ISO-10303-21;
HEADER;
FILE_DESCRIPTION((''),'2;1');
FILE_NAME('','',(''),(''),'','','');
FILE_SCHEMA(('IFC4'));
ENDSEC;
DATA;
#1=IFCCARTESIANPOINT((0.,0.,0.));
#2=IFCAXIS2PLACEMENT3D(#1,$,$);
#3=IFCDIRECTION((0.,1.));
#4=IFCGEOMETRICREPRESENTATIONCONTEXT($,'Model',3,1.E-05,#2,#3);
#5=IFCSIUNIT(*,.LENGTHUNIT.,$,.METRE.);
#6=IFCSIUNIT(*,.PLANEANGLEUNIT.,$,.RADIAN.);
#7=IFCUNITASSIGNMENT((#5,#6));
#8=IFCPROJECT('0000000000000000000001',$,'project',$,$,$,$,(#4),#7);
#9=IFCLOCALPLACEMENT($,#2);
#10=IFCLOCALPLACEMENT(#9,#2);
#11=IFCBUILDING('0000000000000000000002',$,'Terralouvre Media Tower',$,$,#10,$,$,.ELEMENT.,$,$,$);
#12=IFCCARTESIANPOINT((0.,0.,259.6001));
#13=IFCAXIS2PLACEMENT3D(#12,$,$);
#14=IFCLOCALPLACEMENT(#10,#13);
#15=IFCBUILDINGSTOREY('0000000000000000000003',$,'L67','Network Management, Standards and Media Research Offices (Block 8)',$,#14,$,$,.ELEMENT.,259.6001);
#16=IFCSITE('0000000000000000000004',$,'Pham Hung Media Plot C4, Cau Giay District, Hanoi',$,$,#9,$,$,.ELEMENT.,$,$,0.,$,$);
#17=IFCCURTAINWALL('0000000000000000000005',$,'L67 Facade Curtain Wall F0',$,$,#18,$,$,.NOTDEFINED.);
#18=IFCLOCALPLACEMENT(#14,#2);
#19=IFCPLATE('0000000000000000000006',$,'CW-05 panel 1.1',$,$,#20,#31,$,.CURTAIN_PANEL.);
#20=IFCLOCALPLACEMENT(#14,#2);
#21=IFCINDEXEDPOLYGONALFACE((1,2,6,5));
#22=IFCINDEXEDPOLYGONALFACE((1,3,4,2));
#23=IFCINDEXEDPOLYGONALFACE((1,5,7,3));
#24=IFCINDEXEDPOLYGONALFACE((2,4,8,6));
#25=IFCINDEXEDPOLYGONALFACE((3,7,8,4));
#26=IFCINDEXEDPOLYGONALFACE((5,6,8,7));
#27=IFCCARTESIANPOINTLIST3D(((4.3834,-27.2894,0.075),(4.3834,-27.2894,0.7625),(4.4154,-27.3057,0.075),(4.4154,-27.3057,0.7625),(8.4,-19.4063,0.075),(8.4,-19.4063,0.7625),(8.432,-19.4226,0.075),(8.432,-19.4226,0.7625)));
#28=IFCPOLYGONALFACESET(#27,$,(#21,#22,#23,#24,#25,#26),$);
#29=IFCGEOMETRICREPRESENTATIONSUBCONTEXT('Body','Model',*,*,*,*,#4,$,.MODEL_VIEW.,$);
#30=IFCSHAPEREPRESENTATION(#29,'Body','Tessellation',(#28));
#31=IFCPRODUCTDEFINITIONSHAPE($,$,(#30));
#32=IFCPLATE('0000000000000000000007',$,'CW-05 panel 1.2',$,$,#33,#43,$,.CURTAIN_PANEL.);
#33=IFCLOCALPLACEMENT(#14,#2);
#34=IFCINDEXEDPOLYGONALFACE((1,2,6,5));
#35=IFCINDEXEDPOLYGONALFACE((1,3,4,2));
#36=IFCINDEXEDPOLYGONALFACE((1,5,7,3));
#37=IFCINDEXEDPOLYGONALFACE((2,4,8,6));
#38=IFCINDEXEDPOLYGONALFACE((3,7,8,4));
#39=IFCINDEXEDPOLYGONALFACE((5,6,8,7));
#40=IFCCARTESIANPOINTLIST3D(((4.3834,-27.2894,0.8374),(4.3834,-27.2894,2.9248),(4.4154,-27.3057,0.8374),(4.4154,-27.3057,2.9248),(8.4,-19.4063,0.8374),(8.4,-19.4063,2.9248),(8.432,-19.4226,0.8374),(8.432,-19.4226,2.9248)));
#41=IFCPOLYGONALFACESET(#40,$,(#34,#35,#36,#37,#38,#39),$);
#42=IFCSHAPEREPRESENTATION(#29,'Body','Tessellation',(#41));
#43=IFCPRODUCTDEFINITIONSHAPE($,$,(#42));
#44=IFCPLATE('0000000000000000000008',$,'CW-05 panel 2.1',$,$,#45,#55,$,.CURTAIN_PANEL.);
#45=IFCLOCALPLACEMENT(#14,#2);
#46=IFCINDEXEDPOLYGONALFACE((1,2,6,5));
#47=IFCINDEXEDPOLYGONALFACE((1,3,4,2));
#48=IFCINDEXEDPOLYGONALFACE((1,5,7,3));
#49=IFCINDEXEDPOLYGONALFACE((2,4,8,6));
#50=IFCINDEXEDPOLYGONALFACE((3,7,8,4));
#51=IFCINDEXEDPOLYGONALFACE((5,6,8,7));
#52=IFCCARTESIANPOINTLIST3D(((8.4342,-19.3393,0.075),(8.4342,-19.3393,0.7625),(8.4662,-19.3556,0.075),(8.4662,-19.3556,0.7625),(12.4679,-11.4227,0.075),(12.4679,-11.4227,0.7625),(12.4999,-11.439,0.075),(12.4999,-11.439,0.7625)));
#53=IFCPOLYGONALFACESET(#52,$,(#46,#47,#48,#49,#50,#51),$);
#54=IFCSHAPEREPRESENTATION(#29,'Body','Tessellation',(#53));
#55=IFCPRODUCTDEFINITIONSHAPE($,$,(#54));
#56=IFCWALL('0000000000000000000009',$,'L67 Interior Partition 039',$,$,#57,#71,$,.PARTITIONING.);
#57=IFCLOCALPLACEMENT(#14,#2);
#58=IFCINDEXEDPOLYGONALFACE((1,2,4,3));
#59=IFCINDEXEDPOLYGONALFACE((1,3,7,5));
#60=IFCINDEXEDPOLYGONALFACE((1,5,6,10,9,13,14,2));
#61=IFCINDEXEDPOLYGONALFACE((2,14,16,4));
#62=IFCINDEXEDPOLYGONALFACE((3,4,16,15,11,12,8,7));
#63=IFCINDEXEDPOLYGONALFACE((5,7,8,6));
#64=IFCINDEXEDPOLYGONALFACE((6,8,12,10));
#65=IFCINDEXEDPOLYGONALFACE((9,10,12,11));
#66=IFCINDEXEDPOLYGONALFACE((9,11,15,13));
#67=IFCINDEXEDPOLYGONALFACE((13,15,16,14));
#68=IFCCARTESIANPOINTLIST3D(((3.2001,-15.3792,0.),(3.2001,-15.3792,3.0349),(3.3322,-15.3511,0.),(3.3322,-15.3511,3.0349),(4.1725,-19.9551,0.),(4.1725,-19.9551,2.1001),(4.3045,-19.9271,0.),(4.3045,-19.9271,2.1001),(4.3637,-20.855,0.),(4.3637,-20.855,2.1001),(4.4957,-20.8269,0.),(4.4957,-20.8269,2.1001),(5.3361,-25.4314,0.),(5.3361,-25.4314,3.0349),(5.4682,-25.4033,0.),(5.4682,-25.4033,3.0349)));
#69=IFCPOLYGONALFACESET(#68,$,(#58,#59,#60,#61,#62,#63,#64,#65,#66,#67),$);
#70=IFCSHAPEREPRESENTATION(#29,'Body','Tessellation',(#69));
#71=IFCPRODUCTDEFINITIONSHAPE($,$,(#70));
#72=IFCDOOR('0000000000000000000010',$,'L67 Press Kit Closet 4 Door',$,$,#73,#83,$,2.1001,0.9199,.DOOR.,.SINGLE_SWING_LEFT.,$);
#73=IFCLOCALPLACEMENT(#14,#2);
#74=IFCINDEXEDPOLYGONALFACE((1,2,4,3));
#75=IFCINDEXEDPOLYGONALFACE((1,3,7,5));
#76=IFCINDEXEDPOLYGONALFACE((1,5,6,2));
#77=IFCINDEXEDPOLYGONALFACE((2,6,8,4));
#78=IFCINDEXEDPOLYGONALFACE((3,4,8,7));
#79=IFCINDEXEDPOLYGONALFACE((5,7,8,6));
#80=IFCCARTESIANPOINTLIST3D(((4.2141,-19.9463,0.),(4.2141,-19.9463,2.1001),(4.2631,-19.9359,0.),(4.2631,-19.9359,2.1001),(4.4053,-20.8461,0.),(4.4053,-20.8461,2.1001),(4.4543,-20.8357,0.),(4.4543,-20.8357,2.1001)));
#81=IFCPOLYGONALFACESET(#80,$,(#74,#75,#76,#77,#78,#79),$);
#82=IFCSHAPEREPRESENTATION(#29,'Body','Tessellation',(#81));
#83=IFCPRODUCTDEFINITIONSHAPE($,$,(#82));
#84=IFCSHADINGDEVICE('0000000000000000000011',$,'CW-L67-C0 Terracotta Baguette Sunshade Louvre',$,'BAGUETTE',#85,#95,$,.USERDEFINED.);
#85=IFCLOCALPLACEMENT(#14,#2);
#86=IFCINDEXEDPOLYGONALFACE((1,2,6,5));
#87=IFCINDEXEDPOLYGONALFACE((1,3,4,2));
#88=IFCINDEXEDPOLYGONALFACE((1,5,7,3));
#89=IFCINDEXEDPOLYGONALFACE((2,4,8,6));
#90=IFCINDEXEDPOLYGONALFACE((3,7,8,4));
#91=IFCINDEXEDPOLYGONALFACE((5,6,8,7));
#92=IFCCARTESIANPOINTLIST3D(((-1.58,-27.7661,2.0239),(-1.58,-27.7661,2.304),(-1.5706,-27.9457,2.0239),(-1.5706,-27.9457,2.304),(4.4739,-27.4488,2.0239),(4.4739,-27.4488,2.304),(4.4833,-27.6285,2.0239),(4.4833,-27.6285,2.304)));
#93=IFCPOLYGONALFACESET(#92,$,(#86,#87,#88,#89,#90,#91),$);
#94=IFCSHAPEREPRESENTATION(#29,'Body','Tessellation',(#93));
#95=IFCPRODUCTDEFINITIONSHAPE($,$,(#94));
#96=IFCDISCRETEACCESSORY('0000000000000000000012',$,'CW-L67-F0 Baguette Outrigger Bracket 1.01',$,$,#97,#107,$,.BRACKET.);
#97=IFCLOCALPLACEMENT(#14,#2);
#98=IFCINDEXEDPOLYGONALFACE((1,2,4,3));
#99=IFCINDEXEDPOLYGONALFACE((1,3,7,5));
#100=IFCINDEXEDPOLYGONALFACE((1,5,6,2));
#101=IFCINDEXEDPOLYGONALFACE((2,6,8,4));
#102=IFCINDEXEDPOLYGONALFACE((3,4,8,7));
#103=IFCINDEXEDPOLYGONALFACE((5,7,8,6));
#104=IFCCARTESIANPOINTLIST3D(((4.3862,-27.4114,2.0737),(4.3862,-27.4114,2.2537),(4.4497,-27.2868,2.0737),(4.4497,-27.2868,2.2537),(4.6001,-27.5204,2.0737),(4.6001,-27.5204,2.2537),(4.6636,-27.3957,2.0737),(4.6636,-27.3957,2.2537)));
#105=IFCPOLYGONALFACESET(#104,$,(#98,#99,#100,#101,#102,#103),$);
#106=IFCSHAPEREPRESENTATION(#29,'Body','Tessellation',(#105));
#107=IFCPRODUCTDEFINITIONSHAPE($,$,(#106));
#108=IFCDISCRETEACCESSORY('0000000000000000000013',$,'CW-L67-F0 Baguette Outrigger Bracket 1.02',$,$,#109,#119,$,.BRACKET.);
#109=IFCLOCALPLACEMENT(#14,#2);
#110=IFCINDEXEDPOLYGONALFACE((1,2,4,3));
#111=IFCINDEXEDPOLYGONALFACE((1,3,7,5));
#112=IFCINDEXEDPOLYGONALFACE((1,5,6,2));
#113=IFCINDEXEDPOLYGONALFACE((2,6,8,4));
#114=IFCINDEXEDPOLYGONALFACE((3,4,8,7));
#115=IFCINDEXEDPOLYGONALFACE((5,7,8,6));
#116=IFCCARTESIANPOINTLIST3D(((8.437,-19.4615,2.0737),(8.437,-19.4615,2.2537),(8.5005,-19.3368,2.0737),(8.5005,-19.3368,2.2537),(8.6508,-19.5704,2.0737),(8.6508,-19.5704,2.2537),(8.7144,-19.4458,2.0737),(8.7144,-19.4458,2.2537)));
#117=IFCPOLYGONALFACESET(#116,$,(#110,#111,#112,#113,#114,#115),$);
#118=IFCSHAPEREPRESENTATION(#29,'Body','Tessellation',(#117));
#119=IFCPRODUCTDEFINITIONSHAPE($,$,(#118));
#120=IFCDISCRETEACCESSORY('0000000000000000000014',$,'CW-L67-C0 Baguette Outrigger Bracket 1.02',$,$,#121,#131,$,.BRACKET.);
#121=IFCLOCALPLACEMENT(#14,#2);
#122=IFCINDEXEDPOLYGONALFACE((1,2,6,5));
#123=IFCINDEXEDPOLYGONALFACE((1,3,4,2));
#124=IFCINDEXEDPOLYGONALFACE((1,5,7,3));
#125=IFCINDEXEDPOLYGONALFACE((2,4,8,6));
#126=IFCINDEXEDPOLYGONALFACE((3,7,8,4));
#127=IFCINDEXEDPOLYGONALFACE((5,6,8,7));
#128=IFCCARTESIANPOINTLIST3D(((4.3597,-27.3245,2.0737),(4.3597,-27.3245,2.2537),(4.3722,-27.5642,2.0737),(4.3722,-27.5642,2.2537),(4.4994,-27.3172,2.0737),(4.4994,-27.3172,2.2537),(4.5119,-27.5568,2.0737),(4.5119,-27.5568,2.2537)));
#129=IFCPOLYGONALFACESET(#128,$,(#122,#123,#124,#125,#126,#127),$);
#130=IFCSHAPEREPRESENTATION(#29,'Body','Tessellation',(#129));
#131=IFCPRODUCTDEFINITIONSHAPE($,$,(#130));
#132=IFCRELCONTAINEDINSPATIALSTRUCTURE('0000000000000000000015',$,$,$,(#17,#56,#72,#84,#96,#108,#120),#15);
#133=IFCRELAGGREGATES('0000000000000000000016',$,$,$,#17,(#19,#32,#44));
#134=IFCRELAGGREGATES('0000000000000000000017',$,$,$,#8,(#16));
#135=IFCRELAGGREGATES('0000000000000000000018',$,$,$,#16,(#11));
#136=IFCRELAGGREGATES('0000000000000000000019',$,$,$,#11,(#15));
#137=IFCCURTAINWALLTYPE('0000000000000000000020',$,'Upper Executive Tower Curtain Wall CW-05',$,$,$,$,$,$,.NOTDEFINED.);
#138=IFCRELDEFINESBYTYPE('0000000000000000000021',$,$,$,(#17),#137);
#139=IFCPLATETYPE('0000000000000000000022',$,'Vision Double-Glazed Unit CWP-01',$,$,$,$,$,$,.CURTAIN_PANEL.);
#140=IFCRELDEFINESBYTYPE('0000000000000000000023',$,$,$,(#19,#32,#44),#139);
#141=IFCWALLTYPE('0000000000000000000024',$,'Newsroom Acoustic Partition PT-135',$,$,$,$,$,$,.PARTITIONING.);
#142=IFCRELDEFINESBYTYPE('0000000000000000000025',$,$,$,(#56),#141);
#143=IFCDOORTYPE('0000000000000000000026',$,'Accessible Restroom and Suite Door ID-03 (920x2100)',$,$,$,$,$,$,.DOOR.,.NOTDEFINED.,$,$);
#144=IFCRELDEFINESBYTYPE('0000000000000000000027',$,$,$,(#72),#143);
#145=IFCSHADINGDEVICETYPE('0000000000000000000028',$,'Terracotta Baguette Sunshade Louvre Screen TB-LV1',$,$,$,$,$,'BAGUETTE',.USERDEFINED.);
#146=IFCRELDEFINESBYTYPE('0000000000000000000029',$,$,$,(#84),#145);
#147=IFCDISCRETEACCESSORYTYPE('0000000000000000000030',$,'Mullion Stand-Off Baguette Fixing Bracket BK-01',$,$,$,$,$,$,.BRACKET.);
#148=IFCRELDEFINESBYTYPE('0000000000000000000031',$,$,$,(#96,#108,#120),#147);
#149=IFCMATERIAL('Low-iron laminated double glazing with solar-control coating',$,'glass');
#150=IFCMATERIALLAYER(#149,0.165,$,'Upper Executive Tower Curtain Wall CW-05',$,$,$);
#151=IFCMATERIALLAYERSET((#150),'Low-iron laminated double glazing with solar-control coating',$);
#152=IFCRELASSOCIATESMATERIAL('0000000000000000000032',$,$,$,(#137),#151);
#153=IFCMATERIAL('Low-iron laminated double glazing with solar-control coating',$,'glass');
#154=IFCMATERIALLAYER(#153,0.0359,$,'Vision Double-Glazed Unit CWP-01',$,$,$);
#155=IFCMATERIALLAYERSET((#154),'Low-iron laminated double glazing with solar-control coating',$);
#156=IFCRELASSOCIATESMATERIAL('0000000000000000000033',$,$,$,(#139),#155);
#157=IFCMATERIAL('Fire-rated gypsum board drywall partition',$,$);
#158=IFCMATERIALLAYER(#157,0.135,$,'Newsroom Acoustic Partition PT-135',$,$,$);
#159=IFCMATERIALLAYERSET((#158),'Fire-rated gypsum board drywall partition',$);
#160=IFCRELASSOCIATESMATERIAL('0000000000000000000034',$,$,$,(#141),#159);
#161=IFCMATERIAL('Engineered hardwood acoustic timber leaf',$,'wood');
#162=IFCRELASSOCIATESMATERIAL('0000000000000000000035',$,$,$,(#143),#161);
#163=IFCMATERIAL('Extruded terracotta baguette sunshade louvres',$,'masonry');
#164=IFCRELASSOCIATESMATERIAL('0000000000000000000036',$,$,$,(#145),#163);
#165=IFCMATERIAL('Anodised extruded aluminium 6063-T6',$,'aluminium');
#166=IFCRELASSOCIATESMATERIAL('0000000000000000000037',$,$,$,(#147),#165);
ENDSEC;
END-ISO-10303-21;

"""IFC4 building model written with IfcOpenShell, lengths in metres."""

from ifc_helpers import new_model, si_unit, direction, frame, frame_2d, origin, origin_2d, place, context, subcontext, project, spatial, rectangle, extrude, material, layer, layer_set, type_object, element, fill, aggregate, save


model = new_model("IFC4")

# Units and contexts
model_context = context("Model", 3, precision=1e-05, world=origin(), true_north=direction((0.0, 1.0)))
body_context = subcontext(model_context, "Body", "Model", "MODEL_VIEW")
ifc_project = project(units=[si_unit("LENGTHUNIT", "METRE"), si_unit("PLANEANGLEUNIT", "RADIAN")], contexts=[model_context])

# Site, building, storey
site_placement = place(None, origin())
site = spatial("IfcSite", under=ifc_project, at=site_placement, Name="Pham Hung Media Plot C4, Cau Giay District, Hanoi", CompositionType="ELEMENT", RefElevation=0.0)
building_placement = place(site_placement, origin())
building = spatial("IfcBuilding", under=site, at=building_placement, Name="Terralouvre Media Tower", CompositionType="ELEMENT")
storey_placement = place(building_placement, frame((0.0, 0.0, 259.6001)))
storey = spatial("IfcBuildingStorey", under=building, at=storey_placement, Name="L67", Description="Network Management, Standards and Media Research Offices (Block 8)", CompositionType="ELEMENT", Elevation=259.6001)

# Curtain wall
ifc_material_1 = material(Name="Low-iron laminated double glazing with solar-control coating", Category="glass")
ifc_layer_1 = layer(ifc_material_1, 0.165, Name="Upper Executive Tower Curtain Wall CW-05")
ifc_layer_set_1 = layer_set([ifc_layer_1], Name="Low-iron laminated double glazing with solar-control coating")
curtain_wall_type_1 = type_object("IfcCurtainWallType", Name="Upper Executive Tower Curtain Wall CW-05", PredefinedType="NOTDEFINED", material=ifc_layer_set_1)
curtain_wall_1_placement = place(storey_placement, origin())
curtain_wall_1 = element("IfcCurtainWall", 1, at=curtain_wall_1_placement, inside=storey, type_object=curtain_wall_type_1, Name="L67 Facade Curtain Wall F0", PredefinedType="NOTDEFINED")

# Plates
ifc_material_2 = material(Name="Low-iron laminated double glazing with solar-control coating", Category="glass")
ifc_layer_2 = layer(ifc_material_2, 0.0359, Name="Vision Double-Glazed Unit CWP-01")
ifc_layer_set_2 = layer_set([ifc_layer_2], Name="Low-iron laminated double glazing with solar-control coating")
plate_type_1 = type_object("IfcPlateType", Name="Vision Double-Glazed Unit CWP-01", PredefinedType="CURTAIN_PANEL", material=ifc_layer_set_2)
plate_1_placement = place(storey_placement, frame((6.4077, -23.356, 0.075), z_axis=(0.0, 0.0, 1.0), x_axis=(0.45399, 0.891007, 0.0)))
plate_1 = element("IfcPlate", 2, at=plate_1_placement, type_object=plate_type_1, Name="CW-05 panel 1.1", PredefinedType="CURTAIN_PANEL", context=body_context, shape_type="SweptSolid", body=[
    extrude(rectangle(XDim=8.8474, YDim=0.0359, at=origin_2d()), origin(), (0.0, 0.0, 1.0), 0.6875),
])
plate_2_placement = place(storey_placement, frame((6.4077, -23.356, 0.8374), z_axis=(0.0, 0.0, 1.0), x_axis=(0.45399, 0.891007, 0.0)))
plate_2 = element("IfcPlate", 3, at=plate_2_placement, type_object=plate_type_1, Name="CW-05 panel 1.2", PredefinedType="CURTAIN_PANEL", context=body_context, shape_type="SweptSolid", body=[
    extrude(rectangle(XDim=8.8474, YDim=0.0359, at=origin_2d()), origin(), (0.0, 0.0, 1.0), 2.0874),
])
plate_3_placement = place(storey_placement, frame((10.467, -15.3892, 0.075), z_axis=(0.0, 0.0, 1.0), x_axis=(0.45399, 0.891007, 0.0)))
plate_3 = element("IfcPlate", 4, at=plate_3_placement, type_object=plate_type_1, Name="CW-05 panel 2.1", PredefinedType="CURTAIN_PANEL", context=body_context, shape_type="SweptSolid", body=[
    extrude(rectangle(XDim=8.885, YDim=0.0359, at=origin_2d()), origin(), (0.0, 0.0, 1.0), 0.6875),
])
aggregate(curtain_wall_1, [plate_1, plate_2, plate_3])

# Wall, opening, door
ifc_material_3 = material(Name="Fire-rated gypsum board drywall partition")
ifc_layer_3 = layer(ifc_material_3, 0.135, Name="Newsroom Acoustic Partition PT-135")
ifc_layer_set_3 = layer_set([ifc_layer_3], Name="Fire-rated gypsum board drywall partition")
wall_type = type_object("IfcWallType", Name="Newsroom Acoustic Partition PT-135", PredefinedType="PARTITIONING", material=ifc_layer_set_3)
wall_placement = place(storey_placement, frame((5.4021, -25.4172, 0.0), z_axis=(0.0, 0.0, 1.0), x_axis=(-0.207848, 0.978161, 0.0)))
wall = element("IfcWall", 5, at=wall_placement, inside=storey, type_object=wall_type, Name="L67 Interior Partition 039", PredefinedType="PARTITIONING", context=body_context, shape_type="SweptSolid", body=[
    extrude(rectangle(XDim=10.2766, YDim=0.135, at=frame_2d((5.1382, 0.0))), origin(), (0.0, 0.0, 1.0), 3.0349),
])
opening_placement = place(wall_placement, frame((4.6785, 0.0, 0.0)))
opening = element("IfcOpeningElement", 6, at=opening_placement, cuts=wall, PredefinedType="OPENING", context=body_context, shape_type="SweptSolid", body=[
    extrude(rectangle(XDim=0.9199, YDim=2.1001, at=frame_2d((0.46, 1.05))), frame((0.0, 0.0774, 0.0), z_axis=(0.0, -1.0, 0.0), x_axis=(1.0, 0.0, 0.0)), (0.0, 0.0, 1.0), 0.155),
])
ifc_material_4 = material(Name="Engineered hardwood acoustic timber leaf", Category="wood")
door_type = type_object("IfcDoorType", Name="Accessible Restroom and Suite Door ID-03 (920x2100)", OperationType="NOTDEFINED", PredefinedType="DOOR", material=ifc_material_4)
door_placement = place(opening_placement, origin())
door = element("IfcDoor", 7, at=door_placement, inside=storey, type_object=door_type, Name="L67 Press Kit Closet 4 Door", OperationType="SINGLE_SWING_LEFT", OverallHeight=2.1001, OverallWidth=0.9199, PredefinedType="DOOR", context=body_context, shape_type="SweptSolid", body=[
    extrude(rectangle(XDim=0.9199, YDim=2.1001, at=frame_2d((0.46, 1.05))), frame((0.0, 0.0249, 0.0), z_axis=(0.0, -1.0, 0.0), x_axis=(1.0, 0.0, 0.0)), (0.0, 0.0, 1.0), 0.05),
])
fill(opening, door)

# Shading device
ifc_material_5 = material(Name="Extruded terracotta baguette sunshade louvres", Category="masonry")
shading_device_type = type_object("IfcShadingDeviceType", Name="Terracotta Baguette Sunshade Louvre Screen TB-LV1", ElementType="BAGUETTE", PredefinedType="USERDEFINED", material=ifc_material_5)
shading_device_placement = place(storey_placement, frame((1.4517, -27.6973, 2.0239), z_axis=(0.0, 0.0, 1.0), x_axis=(0.99863, 0.052336, 0.0)))
element("IfcShadingDevice", 8, at=shading_device_placement, inside=storey, type_object=shading_device_type, Name="CW-L67-C0 Terracotta Baguette Sunshade Louvre", ObjectType="BAGUETTE", PredefinedType="USERDEFINED", context=body_context, shape_type="SweptSolid", body=[
    extrude(rectangle(XDim=6.0623, YDim=0.1799, at=origin_2d()), origin(), (0.0, 0.0, 1.0), 0.28),
])

# Discrete accessories
ifc_material_6 = material(Name="Anodised extruded aluminium 6063-T6", Category="aluminium")
discrete_accessory_type = type_object("IfcDiscreteAccessoryType", Name="Mullion Stand-Off Baguette Fixing Bracket BK-01", PredefinedType="BRACKET", material=ifc_material_6)
for number, where, z_axis, x_axis, name in (
    (9, (4.5249, -27.4036, 2.0737), (0.0, 0.0, 1.0), (0.45399, 0.891007, 0.0), "CW-L67-F0 Baguette Outrigger Bracket 1.01"),
    (10, (8.5757, -19.4536, 2.0737), (0.0, 0.0, 1.0), (0.45399, 0.891007, 0.0), "CW-L67-F0 Baguette Outrigger Bracket 1.02"),
    (11, (4.4358, -27.4407, 2.0737), (0.0, 0.0, 1.0), (0.99863, 0.052336, 0.0), "CW-L67-C0 Baguette Outrigger Bracket 1.02"),
):
    element("IfcDiscreteAccessory", number, at=place(storey_placement, frame(where, z_axis=z_axis, x_axis=x_axis)), inside=storey, type_object=discrete_accessory_type, Name=name, PredefinedType="BRACKET", context=body_context, shape_type="SweptSolid", body=[
        extrude(rectangle(XDim=0.1399, YDim=0.24, at=origin_2d()), origin(), (0.0, 0.0, 1.0), 0.1799),
    ])

save(model, "model.ifc")
